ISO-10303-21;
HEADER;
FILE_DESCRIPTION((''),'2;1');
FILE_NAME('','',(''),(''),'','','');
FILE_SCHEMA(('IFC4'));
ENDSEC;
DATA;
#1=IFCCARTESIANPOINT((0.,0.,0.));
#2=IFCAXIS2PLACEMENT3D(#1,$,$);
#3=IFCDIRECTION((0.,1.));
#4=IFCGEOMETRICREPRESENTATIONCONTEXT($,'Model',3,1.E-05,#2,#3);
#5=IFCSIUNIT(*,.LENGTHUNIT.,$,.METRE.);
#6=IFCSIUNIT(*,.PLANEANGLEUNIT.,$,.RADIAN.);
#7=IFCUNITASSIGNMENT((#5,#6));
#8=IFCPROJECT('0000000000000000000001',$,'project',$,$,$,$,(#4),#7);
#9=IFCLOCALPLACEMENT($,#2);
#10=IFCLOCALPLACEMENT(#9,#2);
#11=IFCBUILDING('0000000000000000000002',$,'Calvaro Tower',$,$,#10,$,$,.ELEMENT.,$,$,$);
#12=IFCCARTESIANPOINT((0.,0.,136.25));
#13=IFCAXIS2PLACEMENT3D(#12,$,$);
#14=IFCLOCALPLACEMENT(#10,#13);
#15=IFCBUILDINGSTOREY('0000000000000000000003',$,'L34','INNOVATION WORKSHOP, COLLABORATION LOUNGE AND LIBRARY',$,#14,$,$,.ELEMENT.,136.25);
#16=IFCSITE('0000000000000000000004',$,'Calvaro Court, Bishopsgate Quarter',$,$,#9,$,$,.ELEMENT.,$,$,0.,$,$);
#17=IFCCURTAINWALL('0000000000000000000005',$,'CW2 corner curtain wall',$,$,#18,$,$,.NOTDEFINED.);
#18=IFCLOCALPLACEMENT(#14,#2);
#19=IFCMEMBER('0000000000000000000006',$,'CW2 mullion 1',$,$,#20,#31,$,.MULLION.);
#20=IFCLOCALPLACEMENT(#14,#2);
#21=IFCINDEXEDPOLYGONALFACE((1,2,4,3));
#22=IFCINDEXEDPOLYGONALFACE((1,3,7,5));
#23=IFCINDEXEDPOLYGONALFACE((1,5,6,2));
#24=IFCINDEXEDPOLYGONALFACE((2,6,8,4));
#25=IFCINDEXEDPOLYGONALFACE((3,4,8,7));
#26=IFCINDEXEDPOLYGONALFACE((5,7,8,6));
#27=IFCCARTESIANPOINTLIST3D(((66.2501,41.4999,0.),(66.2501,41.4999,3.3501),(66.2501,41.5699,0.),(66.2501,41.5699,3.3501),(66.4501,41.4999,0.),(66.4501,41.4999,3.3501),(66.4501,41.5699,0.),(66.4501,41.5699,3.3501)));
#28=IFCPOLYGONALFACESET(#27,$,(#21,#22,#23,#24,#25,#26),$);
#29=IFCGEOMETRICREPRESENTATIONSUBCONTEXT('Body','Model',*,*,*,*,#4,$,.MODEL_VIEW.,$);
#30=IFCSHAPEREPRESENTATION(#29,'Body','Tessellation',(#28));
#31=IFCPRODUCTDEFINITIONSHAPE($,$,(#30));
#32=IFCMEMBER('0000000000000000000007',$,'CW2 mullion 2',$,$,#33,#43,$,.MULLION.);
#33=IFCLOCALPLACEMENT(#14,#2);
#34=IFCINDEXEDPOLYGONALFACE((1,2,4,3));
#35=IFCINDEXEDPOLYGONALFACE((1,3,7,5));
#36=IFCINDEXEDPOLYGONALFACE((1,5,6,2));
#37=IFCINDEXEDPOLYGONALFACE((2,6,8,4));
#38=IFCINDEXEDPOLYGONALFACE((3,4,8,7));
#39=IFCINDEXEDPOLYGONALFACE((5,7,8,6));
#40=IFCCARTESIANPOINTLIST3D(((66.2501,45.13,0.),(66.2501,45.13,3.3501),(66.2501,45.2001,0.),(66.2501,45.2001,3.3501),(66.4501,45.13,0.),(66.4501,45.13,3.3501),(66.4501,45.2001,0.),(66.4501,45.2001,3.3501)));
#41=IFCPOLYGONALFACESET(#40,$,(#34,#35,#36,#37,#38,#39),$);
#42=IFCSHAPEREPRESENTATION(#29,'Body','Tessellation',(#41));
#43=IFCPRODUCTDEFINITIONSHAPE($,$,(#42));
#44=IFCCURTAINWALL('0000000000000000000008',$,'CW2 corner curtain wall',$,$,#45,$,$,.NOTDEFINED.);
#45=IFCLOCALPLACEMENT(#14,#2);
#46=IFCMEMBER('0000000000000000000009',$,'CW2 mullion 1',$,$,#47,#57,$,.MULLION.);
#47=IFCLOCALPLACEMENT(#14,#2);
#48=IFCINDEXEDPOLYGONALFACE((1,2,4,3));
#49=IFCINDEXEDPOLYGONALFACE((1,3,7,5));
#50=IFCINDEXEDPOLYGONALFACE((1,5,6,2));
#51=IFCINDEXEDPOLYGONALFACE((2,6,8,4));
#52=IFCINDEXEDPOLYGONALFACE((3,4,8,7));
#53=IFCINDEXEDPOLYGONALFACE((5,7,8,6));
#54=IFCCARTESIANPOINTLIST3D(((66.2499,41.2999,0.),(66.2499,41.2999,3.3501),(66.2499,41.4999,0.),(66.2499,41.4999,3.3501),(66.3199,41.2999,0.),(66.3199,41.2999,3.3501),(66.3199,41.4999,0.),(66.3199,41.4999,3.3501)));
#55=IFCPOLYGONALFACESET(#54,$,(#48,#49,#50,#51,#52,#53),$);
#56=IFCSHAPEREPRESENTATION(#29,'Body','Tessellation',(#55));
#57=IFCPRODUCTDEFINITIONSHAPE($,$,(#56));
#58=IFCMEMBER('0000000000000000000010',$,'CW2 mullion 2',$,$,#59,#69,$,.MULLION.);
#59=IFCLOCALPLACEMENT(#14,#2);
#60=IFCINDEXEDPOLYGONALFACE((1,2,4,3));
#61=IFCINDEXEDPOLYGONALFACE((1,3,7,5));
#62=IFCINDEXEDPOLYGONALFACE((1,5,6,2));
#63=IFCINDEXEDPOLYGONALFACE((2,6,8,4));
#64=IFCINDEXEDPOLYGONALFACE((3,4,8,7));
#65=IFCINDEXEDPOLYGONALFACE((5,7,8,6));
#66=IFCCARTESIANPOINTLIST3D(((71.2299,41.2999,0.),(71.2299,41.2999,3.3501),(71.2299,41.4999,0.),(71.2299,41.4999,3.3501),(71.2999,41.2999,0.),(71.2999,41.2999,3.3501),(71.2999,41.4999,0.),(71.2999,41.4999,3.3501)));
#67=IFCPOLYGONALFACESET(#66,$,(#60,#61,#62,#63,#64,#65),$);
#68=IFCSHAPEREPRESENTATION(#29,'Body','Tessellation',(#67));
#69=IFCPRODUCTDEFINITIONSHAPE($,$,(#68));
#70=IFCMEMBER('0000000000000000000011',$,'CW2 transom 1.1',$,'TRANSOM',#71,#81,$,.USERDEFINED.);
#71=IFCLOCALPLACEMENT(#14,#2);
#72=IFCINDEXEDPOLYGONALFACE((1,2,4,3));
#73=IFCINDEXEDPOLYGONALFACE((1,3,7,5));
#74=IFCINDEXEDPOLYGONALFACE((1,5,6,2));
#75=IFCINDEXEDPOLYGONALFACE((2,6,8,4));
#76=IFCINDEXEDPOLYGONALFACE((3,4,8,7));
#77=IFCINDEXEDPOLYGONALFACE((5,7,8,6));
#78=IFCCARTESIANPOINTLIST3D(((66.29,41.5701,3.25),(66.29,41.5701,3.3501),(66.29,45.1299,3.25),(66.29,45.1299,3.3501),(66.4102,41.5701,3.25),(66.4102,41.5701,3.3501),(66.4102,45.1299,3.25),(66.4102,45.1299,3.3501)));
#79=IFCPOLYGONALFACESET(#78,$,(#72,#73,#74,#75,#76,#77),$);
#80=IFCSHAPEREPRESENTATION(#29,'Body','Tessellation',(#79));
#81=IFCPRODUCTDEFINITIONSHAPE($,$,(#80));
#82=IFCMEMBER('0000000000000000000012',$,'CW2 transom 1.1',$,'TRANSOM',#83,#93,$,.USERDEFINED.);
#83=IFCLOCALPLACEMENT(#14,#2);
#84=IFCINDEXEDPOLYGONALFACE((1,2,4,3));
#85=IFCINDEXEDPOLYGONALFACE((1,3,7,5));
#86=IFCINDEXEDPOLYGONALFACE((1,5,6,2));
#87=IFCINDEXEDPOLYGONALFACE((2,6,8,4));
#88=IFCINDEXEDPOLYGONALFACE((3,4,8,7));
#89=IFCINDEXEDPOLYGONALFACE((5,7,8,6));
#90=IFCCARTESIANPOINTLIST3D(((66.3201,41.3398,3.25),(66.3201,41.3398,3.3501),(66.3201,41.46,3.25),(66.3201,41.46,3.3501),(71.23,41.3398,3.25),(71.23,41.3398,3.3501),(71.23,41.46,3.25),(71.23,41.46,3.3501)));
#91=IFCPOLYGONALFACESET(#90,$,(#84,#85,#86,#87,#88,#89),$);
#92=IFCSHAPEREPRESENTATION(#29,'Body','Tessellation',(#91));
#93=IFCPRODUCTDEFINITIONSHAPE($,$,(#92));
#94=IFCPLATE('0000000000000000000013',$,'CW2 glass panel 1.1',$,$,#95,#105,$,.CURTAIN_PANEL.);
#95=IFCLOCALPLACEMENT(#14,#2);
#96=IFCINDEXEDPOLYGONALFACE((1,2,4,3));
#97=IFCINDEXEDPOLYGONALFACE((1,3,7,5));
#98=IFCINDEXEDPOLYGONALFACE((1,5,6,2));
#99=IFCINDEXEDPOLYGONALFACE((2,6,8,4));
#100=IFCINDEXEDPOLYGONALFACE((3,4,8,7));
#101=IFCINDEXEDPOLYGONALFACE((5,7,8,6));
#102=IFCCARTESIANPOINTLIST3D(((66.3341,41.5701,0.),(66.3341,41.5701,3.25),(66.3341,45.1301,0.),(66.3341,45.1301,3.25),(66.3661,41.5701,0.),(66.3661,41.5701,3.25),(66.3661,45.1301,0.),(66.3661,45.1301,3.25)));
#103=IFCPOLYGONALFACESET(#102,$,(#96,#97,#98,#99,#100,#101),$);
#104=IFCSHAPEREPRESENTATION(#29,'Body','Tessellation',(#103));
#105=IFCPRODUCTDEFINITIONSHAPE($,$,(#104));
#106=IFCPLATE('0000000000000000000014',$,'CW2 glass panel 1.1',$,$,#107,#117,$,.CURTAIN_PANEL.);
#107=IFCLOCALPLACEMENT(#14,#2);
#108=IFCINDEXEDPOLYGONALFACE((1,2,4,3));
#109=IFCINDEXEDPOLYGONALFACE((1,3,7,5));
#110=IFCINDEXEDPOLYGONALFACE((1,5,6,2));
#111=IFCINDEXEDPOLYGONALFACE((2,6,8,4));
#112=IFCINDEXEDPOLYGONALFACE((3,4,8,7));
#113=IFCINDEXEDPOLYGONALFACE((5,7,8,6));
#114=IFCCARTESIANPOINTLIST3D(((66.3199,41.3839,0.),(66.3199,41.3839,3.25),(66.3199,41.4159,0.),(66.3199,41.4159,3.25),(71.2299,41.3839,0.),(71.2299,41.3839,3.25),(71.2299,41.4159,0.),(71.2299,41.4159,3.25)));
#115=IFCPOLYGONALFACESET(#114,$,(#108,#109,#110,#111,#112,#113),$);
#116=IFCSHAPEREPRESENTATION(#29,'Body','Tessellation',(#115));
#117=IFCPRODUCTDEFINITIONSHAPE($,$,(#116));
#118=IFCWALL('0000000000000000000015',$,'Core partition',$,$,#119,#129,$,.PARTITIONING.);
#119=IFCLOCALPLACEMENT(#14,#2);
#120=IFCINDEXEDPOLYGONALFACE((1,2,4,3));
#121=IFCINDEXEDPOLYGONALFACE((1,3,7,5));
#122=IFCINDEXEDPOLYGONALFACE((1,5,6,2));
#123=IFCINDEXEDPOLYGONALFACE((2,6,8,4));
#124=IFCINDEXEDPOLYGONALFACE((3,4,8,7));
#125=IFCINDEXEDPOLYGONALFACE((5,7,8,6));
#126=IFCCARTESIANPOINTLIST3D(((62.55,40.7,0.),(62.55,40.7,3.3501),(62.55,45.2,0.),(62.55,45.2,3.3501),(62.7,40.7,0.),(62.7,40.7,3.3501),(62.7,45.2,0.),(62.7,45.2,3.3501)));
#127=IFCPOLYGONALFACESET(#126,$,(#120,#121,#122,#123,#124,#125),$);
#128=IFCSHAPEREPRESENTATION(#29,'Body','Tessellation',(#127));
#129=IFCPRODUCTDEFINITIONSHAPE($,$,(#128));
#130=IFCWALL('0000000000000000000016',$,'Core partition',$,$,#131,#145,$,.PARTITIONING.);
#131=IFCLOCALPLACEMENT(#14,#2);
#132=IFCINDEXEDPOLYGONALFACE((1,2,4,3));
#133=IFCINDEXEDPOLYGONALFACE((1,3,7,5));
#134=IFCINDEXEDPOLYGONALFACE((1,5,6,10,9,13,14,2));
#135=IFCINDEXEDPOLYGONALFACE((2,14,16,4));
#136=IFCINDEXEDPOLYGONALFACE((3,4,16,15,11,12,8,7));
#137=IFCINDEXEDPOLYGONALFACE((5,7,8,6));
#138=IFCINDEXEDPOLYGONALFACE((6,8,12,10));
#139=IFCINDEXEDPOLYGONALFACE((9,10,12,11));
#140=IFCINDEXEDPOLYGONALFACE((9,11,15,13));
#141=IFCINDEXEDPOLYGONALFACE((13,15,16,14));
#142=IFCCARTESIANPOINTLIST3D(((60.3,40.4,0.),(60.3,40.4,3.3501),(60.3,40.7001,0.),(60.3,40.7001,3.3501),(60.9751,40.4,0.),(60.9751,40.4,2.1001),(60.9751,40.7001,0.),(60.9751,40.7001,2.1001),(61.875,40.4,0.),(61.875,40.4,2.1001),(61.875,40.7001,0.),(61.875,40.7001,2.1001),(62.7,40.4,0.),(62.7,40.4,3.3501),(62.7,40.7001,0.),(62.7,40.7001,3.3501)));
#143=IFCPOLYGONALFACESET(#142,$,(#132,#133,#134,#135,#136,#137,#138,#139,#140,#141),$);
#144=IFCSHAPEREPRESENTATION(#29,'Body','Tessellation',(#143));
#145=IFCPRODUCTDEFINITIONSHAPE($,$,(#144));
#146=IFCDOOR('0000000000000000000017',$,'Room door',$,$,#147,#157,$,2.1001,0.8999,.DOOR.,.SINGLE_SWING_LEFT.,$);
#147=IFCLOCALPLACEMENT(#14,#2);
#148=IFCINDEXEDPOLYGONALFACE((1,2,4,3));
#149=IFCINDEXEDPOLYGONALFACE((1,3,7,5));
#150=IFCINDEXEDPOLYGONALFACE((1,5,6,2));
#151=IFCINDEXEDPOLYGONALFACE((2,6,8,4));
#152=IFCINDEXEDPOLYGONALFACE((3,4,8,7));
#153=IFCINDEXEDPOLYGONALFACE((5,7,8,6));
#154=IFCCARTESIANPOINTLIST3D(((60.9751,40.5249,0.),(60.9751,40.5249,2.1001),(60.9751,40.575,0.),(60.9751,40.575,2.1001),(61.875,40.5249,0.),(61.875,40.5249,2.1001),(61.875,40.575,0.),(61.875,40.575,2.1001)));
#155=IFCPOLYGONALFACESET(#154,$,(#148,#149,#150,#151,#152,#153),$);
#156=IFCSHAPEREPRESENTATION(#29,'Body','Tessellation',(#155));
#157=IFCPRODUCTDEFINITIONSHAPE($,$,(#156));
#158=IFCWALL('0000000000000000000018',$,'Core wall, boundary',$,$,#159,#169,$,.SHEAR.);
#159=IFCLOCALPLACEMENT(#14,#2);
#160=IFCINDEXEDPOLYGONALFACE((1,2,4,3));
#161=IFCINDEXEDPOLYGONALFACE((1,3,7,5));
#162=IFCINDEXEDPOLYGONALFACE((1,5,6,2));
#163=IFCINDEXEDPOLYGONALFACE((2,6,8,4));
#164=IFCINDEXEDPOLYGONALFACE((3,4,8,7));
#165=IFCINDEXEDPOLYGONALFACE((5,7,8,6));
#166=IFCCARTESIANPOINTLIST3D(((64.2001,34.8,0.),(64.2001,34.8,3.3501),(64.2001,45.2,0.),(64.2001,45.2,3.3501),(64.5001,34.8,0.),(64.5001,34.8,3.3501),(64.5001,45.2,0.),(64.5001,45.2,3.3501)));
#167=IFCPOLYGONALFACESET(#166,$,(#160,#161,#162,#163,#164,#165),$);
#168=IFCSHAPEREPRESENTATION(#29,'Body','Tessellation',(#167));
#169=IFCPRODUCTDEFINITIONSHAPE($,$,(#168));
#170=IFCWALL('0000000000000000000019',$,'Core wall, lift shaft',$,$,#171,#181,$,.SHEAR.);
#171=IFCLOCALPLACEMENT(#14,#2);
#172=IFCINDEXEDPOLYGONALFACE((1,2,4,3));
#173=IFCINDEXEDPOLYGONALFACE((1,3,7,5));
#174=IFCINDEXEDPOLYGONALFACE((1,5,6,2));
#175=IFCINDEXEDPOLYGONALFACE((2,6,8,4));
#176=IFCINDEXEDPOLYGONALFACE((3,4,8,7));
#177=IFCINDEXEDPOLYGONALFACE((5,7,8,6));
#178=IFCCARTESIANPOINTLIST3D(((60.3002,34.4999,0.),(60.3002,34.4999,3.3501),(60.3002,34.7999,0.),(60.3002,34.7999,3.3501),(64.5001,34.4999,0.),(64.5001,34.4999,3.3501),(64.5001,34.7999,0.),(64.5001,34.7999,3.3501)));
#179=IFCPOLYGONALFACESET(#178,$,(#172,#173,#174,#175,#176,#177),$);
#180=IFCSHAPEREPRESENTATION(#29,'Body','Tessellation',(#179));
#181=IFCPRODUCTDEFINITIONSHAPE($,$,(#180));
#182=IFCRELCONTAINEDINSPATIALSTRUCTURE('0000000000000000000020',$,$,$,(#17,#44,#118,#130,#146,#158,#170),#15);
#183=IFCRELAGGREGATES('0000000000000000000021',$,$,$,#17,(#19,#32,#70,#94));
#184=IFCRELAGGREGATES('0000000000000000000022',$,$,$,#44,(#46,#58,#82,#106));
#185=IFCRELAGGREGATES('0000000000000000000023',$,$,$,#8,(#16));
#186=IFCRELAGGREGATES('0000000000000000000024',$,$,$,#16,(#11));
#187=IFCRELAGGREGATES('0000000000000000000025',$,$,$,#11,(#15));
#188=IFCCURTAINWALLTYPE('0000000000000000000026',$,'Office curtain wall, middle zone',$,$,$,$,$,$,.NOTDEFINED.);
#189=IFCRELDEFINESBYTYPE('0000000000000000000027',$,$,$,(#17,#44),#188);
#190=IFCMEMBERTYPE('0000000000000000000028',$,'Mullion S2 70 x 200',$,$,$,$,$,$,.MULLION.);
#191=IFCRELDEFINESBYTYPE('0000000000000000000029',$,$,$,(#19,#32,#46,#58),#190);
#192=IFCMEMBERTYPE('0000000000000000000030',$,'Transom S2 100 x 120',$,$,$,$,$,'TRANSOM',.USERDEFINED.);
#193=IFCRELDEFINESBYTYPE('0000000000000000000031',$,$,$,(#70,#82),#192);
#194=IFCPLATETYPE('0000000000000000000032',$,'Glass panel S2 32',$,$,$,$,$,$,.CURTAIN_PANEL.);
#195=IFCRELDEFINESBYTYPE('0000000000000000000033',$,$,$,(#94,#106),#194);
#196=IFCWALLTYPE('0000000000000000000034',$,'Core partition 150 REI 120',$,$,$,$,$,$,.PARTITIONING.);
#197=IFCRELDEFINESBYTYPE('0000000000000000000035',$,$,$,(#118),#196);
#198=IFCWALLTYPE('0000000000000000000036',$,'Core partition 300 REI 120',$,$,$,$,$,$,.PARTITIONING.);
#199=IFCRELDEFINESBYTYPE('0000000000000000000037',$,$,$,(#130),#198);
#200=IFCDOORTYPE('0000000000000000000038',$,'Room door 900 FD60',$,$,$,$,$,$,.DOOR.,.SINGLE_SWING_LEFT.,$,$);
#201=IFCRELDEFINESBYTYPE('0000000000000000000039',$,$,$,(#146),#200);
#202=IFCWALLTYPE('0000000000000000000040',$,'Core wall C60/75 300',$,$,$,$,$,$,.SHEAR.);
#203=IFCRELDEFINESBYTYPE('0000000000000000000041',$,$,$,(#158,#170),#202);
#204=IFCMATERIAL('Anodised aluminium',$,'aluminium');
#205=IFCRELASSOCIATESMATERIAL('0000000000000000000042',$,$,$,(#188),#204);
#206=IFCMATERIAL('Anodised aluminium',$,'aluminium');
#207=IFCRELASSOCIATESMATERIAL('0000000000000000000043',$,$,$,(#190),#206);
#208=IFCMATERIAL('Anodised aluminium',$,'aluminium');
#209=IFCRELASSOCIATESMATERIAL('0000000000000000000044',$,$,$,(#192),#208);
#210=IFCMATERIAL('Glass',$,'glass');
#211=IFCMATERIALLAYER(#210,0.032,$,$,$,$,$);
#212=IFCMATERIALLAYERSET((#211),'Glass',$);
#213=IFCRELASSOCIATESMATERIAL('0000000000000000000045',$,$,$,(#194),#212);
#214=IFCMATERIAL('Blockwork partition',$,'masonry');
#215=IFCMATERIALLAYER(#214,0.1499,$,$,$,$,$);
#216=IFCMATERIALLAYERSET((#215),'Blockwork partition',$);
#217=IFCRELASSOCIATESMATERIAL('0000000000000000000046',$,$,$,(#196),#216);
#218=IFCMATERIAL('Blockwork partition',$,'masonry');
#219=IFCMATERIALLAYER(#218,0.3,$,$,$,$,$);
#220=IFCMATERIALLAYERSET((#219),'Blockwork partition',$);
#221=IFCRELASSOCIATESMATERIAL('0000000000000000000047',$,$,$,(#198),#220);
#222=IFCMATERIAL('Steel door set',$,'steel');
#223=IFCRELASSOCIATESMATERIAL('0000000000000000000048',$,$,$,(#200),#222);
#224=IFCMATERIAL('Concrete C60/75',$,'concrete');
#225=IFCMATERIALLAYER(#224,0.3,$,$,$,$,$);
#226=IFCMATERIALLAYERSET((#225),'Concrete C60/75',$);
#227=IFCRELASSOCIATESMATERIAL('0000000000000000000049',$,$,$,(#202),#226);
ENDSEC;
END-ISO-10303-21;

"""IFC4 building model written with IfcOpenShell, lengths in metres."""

from ifc_helpers import new_model, si_unit, direction, frame, frame_2d, origin, origin_2d, place, context, subcontext, project, spatial, rectangle, extrude, material, layer, layer_set, material_profile, profile_set, type_object, element, fill, aggregate, save


model = new_model("IFC4")

# Units and contexts
model_context = context("Model", 3, precision=1e-05, world=origin(), true_north=direction((0.0, 1.0)))
body_context = subcontext(model_context, "Body", "Model", "MODEL_VIEW")
ifc_project = project(units=[si_unit("LENGTHUNIT", "METRE"), si_unit("PLANEANGLEUNIT", "RADIAN")], contexts=[model_context])

# Site, building, storey
site_placement = place(None, origin())
site = spatial("IfcSite", under=ifc_project, at=site_placement, Name="Calvaro Court, Bishopsgate Quarter", CompositionType="ELEMENT", RefElevation=0.0)
building_placement = place(site_placement, origin())
building = spatial("IfcBuilding", under=site, at=building_placement, Name="Calvaro Tower", CompositionType="ELEMENT")
storey_placement = place(building_placement, frame((0.0, 0.0, 136.25)))
storey = spatial("IfcBuildingStorey", under=building, at=storey_placement, Name="L34", Description="INNOVATION WORKSHOP, COLLABORATION LOUNGE AND LIBRARY", CompositionType="ELEMENT", Elevation=136.25)

# Curtain walls, members
ifc_material_1 = material(Name="Anodised aluminium", Category="aluminium")
curtain_wall_type = type_object("IfcCurtainWallType", Name="Office curtain wall, middle zone", PredefinedType="NOTDEFINED", material=ifc_material_1)
curtain_wall_1_placement = place(storey_placement, origin())
curtain_wall_1 = element("IfcCurtainWall", 1, at=curtain_wall_1_placement, inside=storey, type_object=curtain_wall_type, Name="CW2 corner curtain wall", PredefinedType="NOTDEFINED")
ifc_material_2 = material(Name="Anodised aluminium", Category="aluminium")
ifc_material_profile_1 = material_profile(ifc_material_2, rectangle(XDim=0.2, YDim=0.0701, at=origin_2d()), Name="Mullion S2 70 x 200")
ifc_profile_set_1 = profile_set([ifc_material_profile_1], Name="Anodised aluminium")
member_type_1 = type_object("IfcMemberType", Name="Mullion S2 70 x 200", PredefinedType="MULLION", material=ifc_profile_set_1)
member_1_placement = place(storey_placement, frame((66.3501, 41.5349, 0.0), z_axis=(0.0, 0.0, 1.0), x_axis=(-1.0, 0.0, 0.0)))
member_1 = element("IfcMember", 2, at=member_1_placement, type_object=member_type_1, Name="CW2 mullion 1", PredefinedType="MULLION", context=body_context, shape_type="SweptSolid", body=[
    extrude(rectangle(XDim=0.2, YDim=0.0701, at=origin_2d()), origin(), (0.0, 0.0, 1.0), 3.3501),
])
member_2_placement = place(storey_placement, frame((66.3501, 45.165, 0.0), z_axis=(0.0, 0.0, 1.0), x_axis=(-1.0, 0.0, 0.0)))
member_2 = element("IfcMember", 3, at=member_2_placement, type_object=member_type_1, Name="CW2 mullion 2", PredefinedType="MULLION", context=body_context, shape_type="SweptSolid", body=[
    extrude(rectangle(XDim=0.2, YDim=0.0701, at=origin_2d()), origin(), (0.0, 0.0, 1.0), 3.3501),
])
curtain_wall_2_placement = place(storey_placement, origin())
curtain_wall_2 = element("IfcCurtainWall", 4, at=curtain_wall_2_placement, inside=storey, type_object=curtain_wall_type, Name="CW2 corner curtain wall", PredefinedType="NOTDEFINED")
member_3_placement = place(storey_placement, frame((66.2849, 41.3999, 0.0), z_axis=(0.0, 0.0, 1.0), x_axis=(0.0, 1.0, 0.0)))
member_3 = element("IfcMember", 5, at=member_3_placement, type_object=member_type_1, Name="CW2 mullion 1", PredefinedType="MULLION", context=body_context, shape_type="SweptSolid", body=[
    extrude(rectangle(XDim=0.2, YDim=0.0701, at=origin_2d()), origin(), (0.0, 0.0, 1.0), 3.3501),
])
member_4_placement = place(storey_placement, frame((71.2649, 41.3999, 0.0), z_axis=(0.0, 0.0, 1.0), x_axis=(0.0, 1.0, 0.0)))
member_4 = element("IfcMember", 6, at=member_4_placement, type_object=member_type_1, Name="CW2 mullion 2", PredefinedType="MULLION", context=body_context, shape_type="SweptSolid", body=[
    extrude(rectangle(XDim=0.2, YDim=0.0701, at=origin_2d()), origin(), (0.0, 0.0, 1.0), 3.3501),
])

# Members
ifc_material_3 = material(Name="Anodised aluminium", Category="aluminium")
ifc_material_profile_2 = material_profile(ifc_material_3, rectangle(XDim=0.1201, YDim=0.1001, at=origin_2d()), Name="Transom S2 100 x 120")
ifc_profile_set_2 = profile_set([ifc_material_profile_2], Name="Anodised aluminium")
member_type_2 = type_object("IfcMemberType", Name="Transom S2 100 x 120", ElementType="TRANSOM", PredefinedType="USERDEFINED", material=ifc_profile_set_2)
member_5_placement = place(storey_placement, frame((66.3501, 41.5701, 3.3), z_axis=(0.0, 1.0, 0.0), x_axis=(-1.0, 0.0, 0.0)))
member_5 = element("IfcMember", 7, at=member_5_placement, type_object=member_type_2, Name="CW2 transom 1.1", ObjectType="TRANSOM", PredefinedType="USERDEFINED", context=body_context, shape_type="SweptSolid", body=[
    extrude(rectangle(XDim=0.1201, YDim=0.1001, at=origin_2d()), origin(), (0.0, 0.0, 1.0), 3.5598),
])
member_6_placement = place(storey_placement, frame((66.3201, 41.3999, 3.3), z_axis=(1.0, 0.0, 0.0), x_axis=(0.0, 1.0, 0.0)))
member_6 = element("IfcMember", 8, at=member_6_placement, type_object=member_type_2, Name="CW2 transom 1.1", ObjectType="TRANSOM", PredefinedType="USERDEFINED", context=body_context, shape_type="SweptSolid", body=[
    extrude(rectangle(XDim=0.1201, YDim=0.1001, at=origin_2d()), origin(), (0.0, 0.0, 1.0), 4.9099),
])

# Plates
ifc_material_4 = material(Name="Glass", Category="glass")
ifc_layer_1 = layer(ifc_material_4, 0.032)
ifc_layer_set_1 = layer_set([ifc_layer_1], Name="Glass")
plate_type = type_object("IfcPlateType", Name="Glass panel S2 32", PredefinedType="CURTAIN_PANEL", material=ifc_layer_set_1)
plate_1_placement = place(storey_placement, frame((66.3501, 43.3501, 0.0), z_axis=(0.0, 0.0, 1.0), x_axis=(0.0, 1.0, 0.0)))
plate_1 = element("IfcPlate", 9, at=plate_1_placement, type_object=plate_type, Name="CW2 glass panel 1.1", PredefinedType="CURTAIN_PANEL", context=body_context, shape_type="SweptSolid", body=[
    extrude(rectangle(XDim=3.5601, YDim=0.032, at=origin_2d()), origin(), (0.0, 0.0, 1.0), 3.25),
])
aggregate(curtain_wall_1, [member_1, member_2, member_5, plate_1])
plate_2_placement = place(storey_placement, frame((68.7749, 41.3999, 0.0), z_axis=(0.0, 0.0, 1.0), x_axis=(1.0, 0.0, 0.0)))
plate_2 = element("IfcPlate", 10, at=plate_2_placement, type_object=plate_type, Name="CW2 glass panel 1.1", PredefinedType="CURTAIN_PANEL", context=body_context, shape_type="SweptSolid", body=[
    extrude(rectangle(XDim=4.9099, YDim=0.032, at=origin_2d()), origin(), (0.0, 0.0, 1.0), 3.25),
])
aggregate(curtain_wall_2, [member_3, member_4, member_6, plate_2])

# Wall
ifc_material_5 = material(Name="Blockwork partition", Category="masonry")
ifc_layer_2 = layer(ifc_material_5, 0.1499)
ifc_layer_set_2 = layer_set([ifc_layer_2], Name="Blockwork partition")
wall_type_1 = type_object("IfcWallType", Name="Core partition 150 REI 120", PredefinedType="PARTITIONING", material=ifc_layer_set_2)
wall_1_placement = place(storey_placement, frame((62.625, 40.7, 0.0), z_axis=(0.0, 0.0, 1.0), x_axis=(0.0, 1.0, 0.0)))
element("IfcWall", 11, at=wall_1_placement, inside=storey, type_object=wall_type_1, Name="Core partition", PredefinedType="PARTITIONING", context=body_context, shape_type="SweptSolid", body=[
    extrude(rectangle(XDim=4.5, YDim=0.1499, at=frame_2d((2.25, 0.0))), origin(), (0.0, 0.0, 1.0), 3.3501),
])

# Wall, opening, door
ifc_material_6 = material(Name="Blockwork partition", Category="masonry")
ifc_layer_3 = layer(ifc_material_6, 0.3)
ifc_layer_set_3 = layer_set([ifc_layer_3], Name="Blockwork partition")
wall_type_2 = type_object("IfcWallType", Name="Core partition 300 REI 120", PredefinedType="PARTITIONING", material=ifc_layer_set_3)
wall_2_placement = place(storey_placement, frame((60.3, 40.55, 0.0), z_axis=(0.0, 0.0, 1.0), x_axis=(1.0, 0.0, 0.0)))
wall_2 = element("IfcWall", 12, at=wall_2_placement, inside=storey, type_object=wall_type_2, Name="Core partition", PredefinedType="PARTITIONING", context=body_context, shape_type="SweptSolid", body=[
    extrude(rectangle(XDim=2.3999, YDim=0.3, at=frame_2d((1.2, 0.0))), origin(), (0.0, 0.0, 1.0), 3.3501),
])
opening_1_placement = place(wall_2_placement, frame((0.675, 0.0, 0.0)))
opening_1 = element("IfcOpeningElement", 13, at=opening_1_placement, cuts=wall_2, PredefinedType="OPENING", context=body_context, shape_type="SweptSolid", body=[
    extrude(rectangle(XDim=0.8999, YDim=2.1001, at=frame_2d((0.45, 1.05))), frame((0.0, 0.1599, 0.0), z_axis=(0.0, -1.0, 0.0), x_axis=(1.0, 0.0, 0.0)), (0.0, 0.0, 1.0), 0.3201),
])
ifc_material_7 = material(Name="Steel door set", Category="steel")
door_type_1 = type_object("IfcDoorType", Name="Room door 900 FD60", OperationType="SINGLE_SWING_LEFT", PredefinedType="DOOR", material=ifc_material_7)
door_1_placement = place(opening_1_placement, origin())
door_1 = element("IfcDoor", 14, at=door_1_placement, inside=storey, type_object=door_type_1, Name="Room door", OperationType="SINGLE_SWING_LEFT", OverallHeight=2.1001, OverallWidth=0.8999, PredefinedType="DOOR", context=body_context, shape_type="SweptSolid", body=[
    extrude(rectangle(XDim=0.8999, YDim=2.1001, at=frame_2d((0.45, 1.05))), frame((0.0, 0.0249, 0.0), z_axis=(0.0, -1.0, 0.0), x_axis=(1.0, 0.0, 0.0)), (0.0, 0.0, 1.0), 0.05),
])
fill(opening_1, door_1)

# Walls
ifc_material_8 = material(Name="Concrete C60/75", Category="concrete")
ifc_layer_4 = layer(ifc_material_8, 0.3)
ifc_layer_set_4 = layer_set([ifc_layer_4], Name="Concrete C60/75")
wall_type_3 = type_object("IfcWallType", Name="Core wall C60/75 300", PredefinedType="SHEAR", material=ifc_layer_set_4)
wall_3_placement = place(storey_placement, frame((64.3501, 34.8, 0.0), z_axis=(0.0, 0.0, 1.0), x_axis=(0.0, 1.0, 0.0)))
element("IfcWall", 15, at=wall_3_placement, inside=storey, type_object=wall_type_3, Name="Core wall, boundary", PredefinedType="SHEAR", context=body_context, shape_type="SweptSolid", body=[
    extrude(rectangle(XDim=10.3999, YDim=0.3, at=frame_2d((5.2, 0.0))), origin(), (0.0, 0.0, 1.0), 3.3501),
])
wall_4_placement = place(storey_placement, frame((60.3, 34.6499, 0.0), z_axis=(0.0, 0.0, 1.0), x_axis=(1.0, 0.0, 0.0)))
element("IfcWall", 16, at=wall_4_placement, inside=storey, type_object=wall_type_3, Name="Core wall, lift shaft", PredefinedType="SHEAR", context=body_context, shape_type="SweptSolid", body=[
    extrude(rectangle(XDim=4.2, YDim=0.3, at=frame_2d((2.1001, 0.0))), origin(), (0.0, 0.0, 1.0), 3.3501),
])

save(model, "model.ifc")
